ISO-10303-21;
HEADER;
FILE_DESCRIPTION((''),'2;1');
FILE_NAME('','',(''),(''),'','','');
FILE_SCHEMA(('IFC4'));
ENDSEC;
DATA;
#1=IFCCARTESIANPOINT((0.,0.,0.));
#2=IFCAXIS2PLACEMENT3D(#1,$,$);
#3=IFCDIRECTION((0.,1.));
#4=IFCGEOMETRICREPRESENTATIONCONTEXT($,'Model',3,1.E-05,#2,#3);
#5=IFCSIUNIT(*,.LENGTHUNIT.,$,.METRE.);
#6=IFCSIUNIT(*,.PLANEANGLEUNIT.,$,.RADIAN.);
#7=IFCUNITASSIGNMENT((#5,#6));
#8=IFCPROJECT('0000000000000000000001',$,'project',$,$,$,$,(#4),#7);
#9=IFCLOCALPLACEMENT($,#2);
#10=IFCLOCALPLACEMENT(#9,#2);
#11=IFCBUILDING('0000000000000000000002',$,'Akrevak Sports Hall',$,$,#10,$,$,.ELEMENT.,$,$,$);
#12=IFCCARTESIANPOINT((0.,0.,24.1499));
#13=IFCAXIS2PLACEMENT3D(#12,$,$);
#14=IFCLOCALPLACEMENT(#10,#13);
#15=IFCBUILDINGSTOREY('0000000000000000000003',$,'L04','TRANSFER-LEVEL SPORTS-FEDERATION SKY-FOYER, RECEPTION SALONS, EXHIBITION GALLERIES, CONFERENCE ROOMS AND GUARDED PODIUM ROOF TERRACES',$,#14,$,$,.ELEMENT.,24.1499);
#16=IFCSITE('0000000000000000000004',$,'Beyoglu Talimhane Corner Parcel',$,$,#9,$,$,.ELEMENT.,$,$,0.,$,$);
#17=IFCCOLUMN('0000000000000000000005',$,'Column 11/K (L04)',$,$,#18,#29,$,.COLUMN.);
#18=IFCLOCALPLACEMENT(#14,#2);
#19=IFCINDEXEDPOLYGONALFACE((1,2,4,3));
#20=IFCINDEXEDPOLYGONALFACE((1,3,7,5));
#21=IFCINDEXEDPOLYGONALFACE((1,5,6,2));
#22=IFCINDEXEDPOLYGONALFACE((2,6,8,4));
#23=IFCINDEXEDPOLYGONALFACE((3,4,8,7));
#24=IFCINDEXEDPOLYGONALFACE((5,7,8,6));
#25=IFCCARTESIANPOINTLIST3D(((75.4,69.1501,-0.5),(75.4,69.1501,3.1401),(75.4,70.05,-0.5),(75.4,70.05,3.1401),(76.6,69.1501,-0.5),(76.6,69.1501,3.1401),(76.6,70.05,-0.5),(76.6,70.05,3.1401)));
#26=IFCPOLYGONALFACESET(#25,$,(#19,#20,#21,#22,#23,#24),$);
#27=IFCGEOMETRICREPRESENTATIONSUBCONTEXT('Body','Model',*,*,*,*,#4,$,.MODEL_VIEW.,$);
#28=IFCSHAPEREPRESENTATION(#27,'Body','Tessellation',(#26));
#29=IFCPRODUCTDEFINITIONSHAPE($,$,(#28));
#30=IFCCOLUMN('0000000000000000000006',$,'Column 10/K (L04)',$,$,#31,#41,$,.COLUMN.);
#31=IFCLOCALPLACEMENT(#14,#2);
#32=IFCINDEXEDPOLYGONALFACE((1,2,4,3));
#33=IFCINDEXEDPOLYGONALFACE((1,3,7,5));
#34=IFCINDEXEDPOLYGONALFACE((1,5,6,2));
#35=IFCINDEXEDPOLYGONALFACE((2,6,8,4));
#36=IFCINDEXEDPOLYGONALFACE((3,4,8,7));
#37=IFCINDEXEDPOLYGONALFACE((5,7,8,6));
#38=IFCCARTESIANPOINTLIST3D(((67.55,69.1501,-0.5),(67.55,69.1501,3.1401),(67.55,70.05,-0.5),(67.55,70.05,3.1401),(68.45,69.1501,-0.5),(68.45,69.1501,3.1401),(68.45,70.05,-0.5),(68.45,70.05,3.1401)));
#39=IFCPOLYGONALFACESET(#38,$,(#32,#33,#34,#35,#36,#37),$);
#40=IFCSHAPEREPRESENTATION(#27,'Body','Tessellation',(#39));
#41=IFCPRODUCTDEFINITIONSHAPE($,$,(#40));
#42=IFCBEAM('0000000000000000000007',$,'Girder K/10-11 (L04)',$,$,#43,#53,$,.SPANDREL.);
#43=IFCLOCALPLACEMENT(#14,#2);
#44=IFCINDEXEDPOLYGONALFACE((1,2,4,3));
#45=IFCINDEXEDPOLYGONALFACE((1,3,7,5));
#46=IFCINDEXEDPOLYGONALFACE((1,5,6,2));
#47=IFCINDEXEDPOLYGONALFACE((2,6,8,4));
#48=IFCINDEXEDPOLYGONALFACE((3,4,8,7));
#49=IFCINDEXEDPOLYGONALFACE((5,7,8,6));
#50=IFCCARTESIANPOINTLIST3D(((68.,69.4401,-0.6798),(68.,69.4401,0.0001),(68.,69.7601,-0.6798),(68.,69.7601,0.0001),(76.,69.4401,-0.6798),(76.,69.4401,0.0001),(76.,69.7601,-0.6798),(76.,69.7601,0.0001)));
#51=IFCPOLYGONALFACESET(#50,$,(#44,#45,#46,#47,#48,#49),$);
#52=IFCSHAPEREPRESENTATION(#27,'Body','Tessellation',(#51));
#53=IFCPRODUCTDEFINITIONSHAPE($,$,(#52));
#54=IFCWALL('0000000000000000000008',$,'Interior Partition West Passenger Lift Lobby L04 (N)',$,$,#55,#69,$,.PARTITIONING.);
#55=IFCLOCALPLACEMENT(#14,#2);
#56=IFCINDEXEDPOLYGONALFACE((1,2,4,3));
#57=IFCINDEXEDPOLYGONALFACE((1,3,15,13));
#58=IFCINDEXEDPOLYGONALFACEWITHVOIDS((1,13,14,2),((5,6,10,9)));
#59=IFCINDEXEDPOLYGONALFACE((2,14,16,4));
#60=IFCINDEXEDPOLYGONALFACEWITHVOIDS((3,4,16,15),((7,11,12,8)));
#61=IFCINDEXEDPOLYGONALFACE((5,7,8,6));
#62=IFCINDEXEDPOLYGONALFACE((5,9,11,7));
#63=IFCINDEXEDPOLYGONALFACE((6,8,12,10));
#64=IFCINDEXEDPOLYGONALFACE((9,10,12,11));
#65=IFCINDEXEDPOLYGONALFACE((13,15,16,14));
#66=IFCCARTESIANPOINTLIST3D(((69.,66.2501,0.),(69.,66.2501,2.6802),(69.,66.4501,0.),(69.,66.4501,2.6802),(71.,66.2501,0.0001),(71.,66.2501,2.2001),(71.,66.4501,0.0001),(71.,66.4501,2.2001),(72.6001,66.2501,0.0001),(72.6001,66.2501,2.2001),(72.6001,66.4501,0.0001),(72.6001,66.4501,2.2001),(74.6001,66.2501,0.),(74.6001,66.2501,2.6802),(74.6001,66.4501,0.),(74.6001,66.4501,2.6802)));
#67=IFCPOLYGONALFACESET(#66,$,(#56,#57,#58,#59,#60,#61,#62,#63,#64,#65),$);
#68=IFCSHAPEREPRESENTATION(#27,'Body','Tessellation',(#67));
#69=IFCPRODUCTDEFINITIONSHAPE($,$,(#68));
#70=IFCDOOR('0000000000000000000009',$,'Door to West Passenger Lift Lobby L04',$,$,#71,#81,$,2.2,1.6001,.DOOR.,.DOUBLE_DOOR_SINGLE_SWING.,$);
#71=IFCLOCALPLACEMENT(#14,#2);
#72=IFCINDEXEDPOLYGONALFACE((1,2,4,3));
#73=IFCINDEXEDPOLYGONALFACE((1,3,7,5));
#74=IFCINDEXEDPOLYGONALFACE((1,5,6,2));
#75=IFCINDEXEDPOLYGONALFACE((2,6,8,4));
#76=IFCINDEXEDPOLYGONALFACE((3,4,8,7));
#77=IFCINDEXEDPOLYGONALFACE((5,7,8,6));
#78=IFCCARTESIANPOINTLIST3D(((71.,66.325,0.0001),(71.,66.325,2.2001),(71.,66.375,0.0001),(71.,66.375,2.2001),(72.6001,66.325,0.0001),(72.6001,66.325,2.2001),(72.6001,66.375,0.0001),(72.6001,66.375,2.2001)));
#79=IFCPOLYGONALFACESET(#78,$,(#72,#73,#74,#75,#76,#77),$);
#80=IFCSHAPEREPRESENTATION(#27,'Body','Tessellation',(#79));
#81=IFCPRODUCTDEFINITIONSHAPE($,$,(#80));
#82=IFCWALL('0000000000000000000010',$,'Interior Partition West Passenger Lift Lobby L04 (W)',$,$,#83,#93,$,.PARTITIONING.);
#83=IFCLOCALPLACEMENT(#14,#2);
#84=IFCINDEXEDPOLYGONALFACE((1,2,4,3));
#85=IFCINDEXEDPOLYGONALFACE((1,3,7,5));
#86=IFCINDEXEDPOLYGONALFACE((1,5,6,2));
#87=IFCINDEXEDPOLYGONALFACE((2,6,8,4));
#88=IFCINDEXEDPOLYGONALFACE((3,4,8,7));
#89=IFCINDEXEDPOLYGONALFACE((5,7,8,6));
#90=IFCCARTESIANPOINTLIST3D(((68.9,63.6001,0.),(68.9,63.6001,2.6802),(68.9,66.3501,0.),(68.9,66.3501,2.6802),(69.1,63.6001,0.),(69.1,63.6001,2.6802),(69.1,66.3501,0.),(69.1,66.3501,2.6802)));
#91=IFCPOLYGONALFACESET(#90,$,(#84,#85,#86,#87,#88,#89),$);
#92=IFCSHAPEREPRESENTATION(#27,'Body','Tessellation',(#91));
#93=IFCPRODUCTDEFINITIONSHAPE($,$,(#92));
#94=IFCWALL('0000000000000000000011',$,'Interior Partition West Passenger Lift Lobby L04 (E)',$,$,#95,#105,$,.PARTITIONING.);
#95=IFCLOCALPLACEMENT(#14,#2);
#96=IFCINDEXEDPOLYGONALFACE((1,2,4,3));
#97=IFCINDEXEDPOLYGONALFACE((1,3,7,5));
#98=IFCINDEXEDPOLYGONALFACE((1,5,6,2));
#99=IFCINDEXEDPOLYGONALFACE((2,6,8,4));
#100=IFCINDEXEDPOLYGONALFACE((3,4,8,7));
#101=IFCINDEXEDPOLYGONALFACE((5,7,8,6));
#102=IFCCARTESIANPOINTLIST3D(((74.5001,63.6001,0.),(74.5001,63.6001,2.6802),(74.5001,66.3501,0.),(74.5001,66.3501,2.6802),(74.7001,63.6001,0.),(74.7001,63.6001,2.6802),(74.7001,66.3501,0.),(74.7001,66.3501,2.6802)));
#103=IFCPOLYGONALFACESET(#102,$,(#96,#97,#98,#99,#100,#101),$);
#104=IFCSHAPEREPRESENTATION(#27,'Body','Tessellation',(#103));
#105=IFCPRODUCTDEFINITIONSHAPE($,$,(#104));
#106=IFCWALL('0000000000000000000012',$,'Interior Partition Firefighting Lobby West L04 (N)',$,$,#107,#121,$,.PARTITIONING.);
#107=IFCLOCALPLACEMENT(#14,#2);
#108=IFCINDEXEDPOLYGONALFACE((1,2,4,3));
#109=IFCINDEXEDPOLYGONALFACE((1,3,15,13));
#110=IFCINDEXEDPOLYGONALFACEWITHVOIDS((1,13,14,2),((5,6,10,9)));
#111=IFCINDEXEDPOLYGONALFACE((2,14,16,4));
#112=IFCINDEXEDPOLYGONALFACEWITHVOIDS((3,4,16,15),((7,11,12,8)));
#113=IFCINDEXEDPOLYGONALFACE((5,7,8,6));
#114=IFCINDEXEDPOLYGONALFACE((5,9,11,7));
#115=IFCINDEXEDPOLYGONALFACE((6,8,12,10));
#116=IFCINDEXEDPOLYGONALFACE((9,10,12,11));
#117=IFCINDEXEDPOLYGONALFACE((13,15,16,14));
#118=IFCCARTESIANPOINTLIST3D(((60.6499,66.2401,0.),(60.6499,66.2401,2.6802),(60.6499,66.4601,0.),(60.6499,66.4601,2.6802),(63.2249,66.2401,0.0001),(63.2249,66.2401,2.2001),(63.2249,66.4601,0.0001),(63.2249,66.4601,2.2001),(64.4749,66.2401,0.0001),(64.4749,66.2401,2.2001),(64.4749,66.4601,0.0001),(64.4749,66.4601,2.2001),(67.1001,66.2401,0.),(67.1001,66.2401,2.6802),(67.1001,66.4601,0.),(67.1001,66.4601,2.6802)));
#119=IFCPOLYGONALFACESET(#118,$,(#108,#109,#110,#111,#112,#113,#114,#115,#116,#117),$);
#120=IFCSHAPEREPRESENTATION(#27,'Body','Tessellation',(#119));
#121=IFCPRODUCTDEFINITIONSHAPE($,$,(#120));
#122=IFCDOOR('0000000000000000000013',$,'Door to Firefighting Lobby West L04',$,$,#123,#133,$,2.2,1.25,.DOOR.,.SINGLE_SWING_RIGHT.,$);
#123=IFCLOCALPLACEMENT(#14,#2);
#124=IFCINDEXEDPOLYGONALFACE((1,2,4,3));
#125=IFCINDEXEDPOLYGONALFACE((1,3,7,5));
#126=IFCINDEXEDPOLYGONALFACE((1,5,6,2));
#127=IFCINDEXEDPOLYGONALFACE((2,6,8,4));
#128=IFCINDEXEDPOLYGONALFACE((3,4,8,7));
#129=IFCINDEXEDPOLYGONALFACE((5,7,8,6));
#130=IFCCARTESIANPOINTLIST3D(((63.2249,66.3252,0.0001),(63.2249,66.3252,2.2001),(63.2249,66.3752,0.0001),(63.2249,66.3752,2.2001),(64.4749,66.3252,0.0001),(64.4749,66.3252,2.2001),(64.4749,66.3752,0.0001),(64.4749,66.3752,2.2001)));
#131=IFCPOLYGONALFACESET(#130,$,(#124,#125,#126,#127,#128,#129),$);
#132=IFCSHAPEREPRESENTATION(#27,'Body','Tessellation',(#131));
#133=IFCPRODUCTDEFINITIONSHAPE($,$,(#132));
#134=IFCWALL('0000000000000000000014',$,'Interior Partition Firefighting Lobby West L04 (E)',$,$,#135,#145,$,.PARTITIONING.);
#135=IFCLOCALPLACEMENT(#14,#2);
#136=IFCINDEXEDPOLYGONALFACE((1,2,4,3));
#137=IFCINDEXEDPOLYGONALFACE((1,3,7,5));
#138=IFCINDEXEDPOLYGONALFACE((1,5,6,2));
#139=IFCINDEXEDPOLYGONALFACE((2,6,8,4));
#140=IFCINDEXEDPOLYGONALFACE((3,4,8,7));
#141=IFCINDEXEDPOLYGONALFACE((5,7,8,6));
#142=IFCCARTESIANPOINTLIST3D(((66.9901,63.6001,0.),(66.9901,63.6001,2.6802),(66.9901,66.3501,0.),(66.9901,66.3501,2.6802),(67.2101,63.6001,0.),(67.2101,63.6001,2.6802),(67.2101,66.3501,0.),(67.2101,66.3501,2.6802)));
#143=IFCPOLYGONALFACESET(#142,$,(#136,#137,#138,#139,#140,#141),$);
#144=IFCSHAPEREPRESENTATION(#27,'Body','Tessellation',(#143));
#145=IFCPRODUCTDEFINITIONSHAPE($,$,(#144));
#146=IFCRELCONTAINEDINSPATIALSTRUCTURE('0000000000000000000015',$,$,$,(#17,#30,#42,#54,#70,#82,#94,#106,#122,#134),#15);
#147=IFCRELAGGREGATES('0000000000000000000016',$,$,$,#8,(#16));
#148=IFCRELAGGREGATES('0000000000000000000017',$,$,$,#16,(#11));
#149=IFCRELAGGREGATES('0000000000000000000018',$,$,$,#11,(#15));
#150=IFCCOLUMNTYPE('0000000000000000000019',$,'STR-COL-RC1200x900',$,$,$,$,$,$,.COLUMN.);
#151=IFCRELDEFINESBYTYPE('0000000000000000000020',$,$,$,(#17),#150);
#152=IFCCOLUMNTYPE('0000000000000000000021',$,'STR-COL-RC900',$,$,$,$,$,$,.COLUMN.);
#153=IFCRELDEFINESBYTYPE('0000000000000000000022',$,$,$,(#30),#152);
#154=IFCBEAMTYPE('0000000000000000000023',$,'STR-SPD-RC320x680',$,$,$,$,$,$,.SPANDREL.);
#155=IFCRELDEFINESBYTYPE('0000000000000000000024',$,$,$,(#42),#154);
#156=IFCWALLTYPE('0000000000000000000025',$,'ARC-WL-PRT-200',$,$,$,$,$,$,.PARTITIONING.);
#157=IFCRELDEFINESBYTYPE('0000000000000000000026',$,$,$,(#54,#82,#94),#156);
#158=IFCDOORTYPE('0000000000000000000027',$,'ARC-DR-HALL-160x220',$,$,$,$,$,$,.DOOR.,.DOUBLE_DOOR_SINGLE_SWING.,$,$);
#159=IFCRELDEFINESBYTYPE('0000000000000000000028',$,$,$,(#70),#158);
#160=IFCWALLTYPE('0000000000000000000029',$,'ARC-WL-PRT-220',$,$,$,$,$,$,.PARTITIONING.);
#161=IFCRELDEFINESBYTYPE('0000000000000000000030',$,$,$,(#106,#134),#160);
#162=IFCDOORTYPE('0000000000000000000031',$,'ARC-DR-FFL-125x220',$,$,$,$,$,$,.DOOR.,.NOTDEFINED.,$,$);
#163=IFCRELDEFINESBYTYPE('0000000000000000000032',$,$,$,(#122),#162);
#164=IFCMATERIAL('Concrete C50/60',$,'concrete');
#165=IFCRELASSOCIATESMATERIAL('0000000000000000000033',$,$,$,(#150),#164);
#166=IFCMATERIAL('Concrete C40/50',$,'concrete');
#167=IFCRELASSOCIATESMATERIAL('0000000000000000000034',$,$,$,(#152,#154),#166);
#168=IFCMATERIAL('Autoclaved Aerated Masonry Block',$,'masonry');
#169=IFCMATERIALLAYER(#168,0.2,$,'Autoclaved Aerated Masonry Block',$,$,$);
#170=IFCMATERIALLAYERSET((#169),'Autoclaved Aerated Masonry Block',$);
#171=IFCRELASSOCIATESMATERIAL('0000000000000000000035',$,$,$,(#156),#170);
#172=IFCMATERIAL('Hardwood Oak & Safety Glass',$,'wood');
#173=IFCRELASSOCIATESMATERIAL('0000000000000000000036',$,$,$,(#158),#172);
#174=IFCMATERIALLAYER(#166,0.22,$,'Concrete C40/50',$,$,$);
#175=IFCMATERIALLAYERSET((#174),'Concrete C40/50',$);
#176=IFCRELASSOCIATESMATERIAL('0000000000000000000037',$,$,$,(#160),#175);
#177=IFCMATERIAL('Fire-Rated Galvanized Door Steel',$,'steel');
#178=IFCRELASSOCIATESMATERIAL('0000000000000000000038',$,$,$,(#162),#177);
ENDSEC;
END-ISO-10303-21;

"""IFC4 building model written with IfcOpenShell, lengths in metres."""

from ifc_helpers import new_model, si_unit, direction, frame, frame_2d, origin, origin_2d, place, context, subcontext, project, spatial, rectangle, extrude, material, layer, layer_set, material_profile, profile_set, type_object, element, fill, save


model = new_model("IFC4")

# Units and contexts
model_context = context("Model", 3, precision=1e-05, world=origin(), true_north=direction((0.0, 1.0)))
body_context = subcontext(model_context, "Body", "Model", "MODEL_VIEW")
ifc_project = project(units=[si_unit("LENGTHUNIT", "METRE"), si_unit("PLANEANGLEUNIT", "RADIAN")], contexts=[model_context])

# Site, building, storey
site_placement = place(None, origin())
site = spatial("IfcSite", under=ifc_project, at=site_placement, Name="Beyoglu Talimhane Corner Parcel", CompositionType="ELEMENT", RefElevation=0.0)
building_placement = place(site_placement, origin())
building = spatial("IfcBuilding", under=site, at=building_placement, Name="Akrevak Sports Hall", CompositionType="ELEMENT")
storey_placement = place(building_placement, frame((0.0, 0.0, 24.1499)))
storey = spatial("IfcBuildingStorey", under=building, at=storey_placement, Name="L04", Description="TRANSFER-LEVEL SPORTS-FEDERATION SKY-FOYER, RECEPTION SALONS, EXHIBITION GALLERIES, CONFERENCE ROOMS AND GUARDED PODIUM ROOF TERRACES", CompositionType="ELEMENT", Elevation=24.1499)

# Columns
ifc_material_1 = material(Name="Concrete C50/60", Category="concrete")
ifc_material_profile_1 = material_profile(ifc_material_1, rectangle(XDim=1.2, YDim=0.8999, at=origin_2d()), Name="RC 1200x900", Category="concrete")
ifc_profile_set_1 = profile_set([ifc_material_profile_1], Name="Concrete C50/60")
column_type_1 = type_object("IfcColumnType", Name="STR-COL-RC1200x900", PredefinedType="COLUMN", material=ifc_profile_set_1)
column_1_placement = place(storey_placement, frame((76.0, 69.6001, -0.5), z_axis=(0.0, 0.0, 1.0), x_axis=(1.0, 0.0, 0.0)))
element("IfcColumn", 1, at=column_1_placement, inside=storey, type_object=column_type_1, Name="Column 11/K (L04)", PredefinedType="COLUMN", context=body_context, shape_type="SweptSolid", body=[
    extrude(rectangle(XDim=1.2, YDim=0.8999, at=origin_2d()), origin(), (0.0, 0.0, 1.0), 3.6401),
])
ifc_material_2 = material(Name="Concrete C40/50", Category="concrete")
ifc_material_profile_2 = material_profile(ifc_material_2, rectangle(XDim=0.8999, YDim=0.8999, at=origin_2d()), Name="RC 900x900", Category="concrete")
ifc_profile_set_2 = profile_set([ifc_material_profile_2], Name="Concrete C40/50")
column_type_2 = type_object("IfcColumnType", Name="STR-COL-RC900", PredefinedType="COLUMN", material=ifc_profile_set_2)
column_2_placement = place(storey_placement, frame((68.0, 69.6001, -0.5), z_axis=(0.0, 0.0, 1.0), x_axis=(1.0, 0.0, 0.0)))
element("IfcColumn", 2, at=column_2_placement, inside=storey, type_object=column_type_2, Name="Column 10/K (L04)", PredefinedType="COLUMN", context=body_context, shape_type="SweptSolid", body=[
    extrude(rectangle(XDim=0.8999, YDim=0.8999, at=origin_2d()), origin(), (0.0, 0.0, 1.0), 3.6401),
])

# Beam
ifc_material_profile_3 = material_profile(ifc_material_2, rectangle(XDim=0.3201, YDim=0.6799, at=origin_2d()), Name="SPD 320x680", Category="concrete")
ifc_profile_set_3 = profile_set([ifc_material_profile_3], Name="Concrete C40/50")
beam_type = type_object("IfcBeamType", Name="STR-SPD-RC320x680", PredefinedType="SPANDREL", material=ifc_profile_set_3)
beam_placement = place(storey_placement, frame((68.0, 69.6001, -0.3398), z_axis=(1.0, 0.0, 0.0), x_axis=(0.0, 1.0, 0.0)))
element("IfcBeam", 3, at=beam_placement, inside=storey, type_object=beam_type, Name="Girder K/10-11 (L04)", PredefinedType="SPANDREL", context=body_context, shape_type="SweptSolid", body=[
    extrude(rectangle(XDim=0.3201, YDim=0.6799, at=origin_2d()), origin(), (0.0, 0.0, 1.0), 8.0),
])

# Wall, opening, door
ifc_material_3 = material(Name="Autoclaved Aerated Masonry Block", Category="masonry")
ifc_layer_1 = layer(ifc_material_3, 0.2, Name="Autoclaved Aerated Masonry Block")
ifc_layer_set_1 = layer_set([ifc_layer_1], Name="Autoclaved Aerated Masonry Block")
wall_type_1 = type_object("IfcWallType", Name="ARC-WL-PRT-200", PredefinedType="PARTITIONING", material=ifc_layer_set_1)
wall_1_placement = place(storey_placement, frame((69.0, 66.3501, 0.0), z_axis=(0.0, 0.0, 1.0), x_axis=(1.0, 0.0, 0.0)))
wall_1 = element("IfcWall", 4, at=wall_1_placement, inside=storey, type_object=wall_type_1, Name="Interior Partition West Passenger Lift Lobby L04 (N)", PredefinedType="PARTITIONING", context=body_context, shape_type="SweptSolid", body=[
    extrude(rectangle(XDim=5.6001, YDim=0.2, at=frame_2d((2.8, 0.0))), origin(), (0.0, 0.0, 1.0), 2.6802),
])
opening_1_placement = place(wall_1_placement, frame((2.0, 0.0, 0.0)))
opening_1 = element("IfcOpeningElement", 5, at=opening_1_placement, cuts=wall_1, PredefinedType="OPENING", context=body_context, shape_type="SweptSolid", body=[
    extrude(rectangle(XDim=1.6001, YDim=2.2, at=frame_2d((0.8, 1.1001))), frame((0.0, 0.1118, 0.0), z_axis=(0.0, -1.0, 0.0), x_axis=(1.0, 0.0, 0.0)), (0.0, 0.0, 1.0), 0.2239),
])
ifc_material_4 = material(Name="Hardwood Oak & Safety Glass", Category="wood")
door_type_1 = type_object("IfcDoorType", Name="ARC-DR-HALL-160x220", OperationType="DOUBLE_DOOR_SINGLE_SWING", PredefinedType="DOOR", material=ifc_material_4)
door_1_placement = place(opening_1_placement, origin())
door_1 = element("IfcDoor", 6, at=door_1_placement, inside=storey, type_object=door_type_1, Name="Door to West Passenger Lift Lobby L04", OperationType="DOUBLE_DOOR_SINGLE_SWING", OverallHeight=2.2, OverallWidth=1.6001, PredefinedType="DOOR", context=body_context, shape_type="SweptSolid", body=[
    extrude(rectangle(XDim=1.6001, YDim=2.2, at=frame_2d((0.8, 1.1001))), frame((0.0, 0.0249, 0.0), z_axis=(0.0, -1.0, 0.0), x_axis=(1.0, 0.0, 0.0)), (0.0, 0.0, 1.0), 0.05),
])
fill(opening_1, door_1)

# Walls
for number, where, z_axis, x_axis, name in (
    (7, (69.0, 63.6001, 0.0), (0.0, 0.0, 1.0), (0.0, 1.0, 0.0), "Interior Partition West Passenger Lift Lobby L04 (W)"),
    (8, (74.6001, 63.6001, 0.0), (0.0, 0.0, 1.0), (0.0, 1.0, 0.0), "Interior Partition West Passenger Lift Lobby L04 (E)"),
):
    element("IfcWall", number, at=place(storey_placement, frame(where, z_axis=z_axis, x_axis=x_axis)), inside=storey, type_object=wall_type_1, Name=name, PredefinedType="PARTITIONING", context=body_context, shape_type="SweptSolid", body=[
        extrude(rectangle(XDim=2.75, YDim=0.2, at=frame_2d((1.375, 0.0))), origin(), (0.0, 0.0, 1.0), 2.6802),
    ])

# Wall, opening, door
ifc_layer_2 = layer(ifc_material_2, 0.22, Name="Concrete C40/50")
ifc_layer_set_2 = layer_set([ifc_layer_2], Name="Concrete C40/50")
wall_type_2 = type_object("IfcWallType", Name="ARC-WL-PRT-220", PredefinedType="PARTITIONING", material=ifc_layer_set_2)
wall_2_placement = place(storey_placement, frame((60.6499, 66.3501, 0.0), z_axis=(0.0, 0.0, 1.0), x_axis=(1.0, 0.0, 0.0)))
wall_2 = element("IfcWall", 9, at=wall_2_placement, inside=storey, type_object=wall_type_2, Name="Interior Partition Firefighting Lobby West L04 (N)", PredefinedType="PARTITIONING", context=body_context, shape_type="SweptSolid", body=[
    extrude(rectangle(XDim=6.4502, YDim=0.22, at=frame_2d((3.2251, 0.0))), origin(), (0.0, 0.0, 1.0), 2.6802),
])
opening_2_placement = place(wall_2_placement, frame((2.575, 0.0, 0.0)))
opening_2 = element("IfcOpeningElement", 10, at=opening_2_placement, cuts=wall_2, PredefinedType="OPENING", context=body_context, shape_type="SweptSolid", body=[
    extrude(rectangle(XDim=1.25, YDim=2.2, at=frame_2d((0.625, 1.1001))), frame((0.0, 0.1221, 0.0), z_axis=(0.0, -1.0, 0.0), x_axis=(1.0, 0.0, 0.0)), (0.0, 0.0, 1.0), 0.2439),
])
ifc_material_5 = material(Name="Fire-Rated Galvanized Door Steel", Category="steel")
door_type_2 = type_object("IfcDoorType", Name="ARC-DR-FFL-125x220", OperationType="NOTDEFINED", PredefinedType="DOOR", material=ifc_material_5)
door_2_placement = place(opening_2_placement, frame((1.25, 0.0, 0.0), z_axis=(0.0, 0.0, 1.0), x_axis=(-1.0, 0.0, 0.0)))
door_2 = element("IfcDoor", 11, at=door_2_placement, inside=storey, type_object=door_type_2, Name="Door to Firefighting Lobby West L04", OperationType="SINGLE_SWING_RIGHT", OverallHeight=2.2, OverallWidth=1.25, PredefinedType="DOOR", context=body_context, shape_type="SweptSolid", body=[
    extrude(rectangle(XDim=1.25, YDim=2.2, at=frame_2d((0.625, 1.1001))), frame((0.0, 0.0249, 0.0), z_axis=(0.0, -1.0, 0.0), x_axis=(1.0, 0.0, 0.0)), (0.0, 0.0, 1.0), 0.05),
])
fill(opening_2, door_2)

# Wall
wall_3_placement = place(storey_placement, frame((67.1001, 63.6001, 0.0), z_axis=(0.0, 0.0, 1.0), x_axis=(0.0, 1.0, 0.0)))
element("IfcWall", 12, at=wall_3_placement, inside=storey, type_object=wall_type_2, Name="Interior Partition Firefighting Lobby West L04 (E)", PredefinedType="PARTITIONING", context=body_context, shape_type="SweptSolid", body=[
    extrude(rectangle(XDim=2.75, YDim=0.22, at=frame_2d((1.375, 0.0))), origin(), (0.0, 0.0, 1.0), 2.6802),
])

save(model, "model.ifc")
